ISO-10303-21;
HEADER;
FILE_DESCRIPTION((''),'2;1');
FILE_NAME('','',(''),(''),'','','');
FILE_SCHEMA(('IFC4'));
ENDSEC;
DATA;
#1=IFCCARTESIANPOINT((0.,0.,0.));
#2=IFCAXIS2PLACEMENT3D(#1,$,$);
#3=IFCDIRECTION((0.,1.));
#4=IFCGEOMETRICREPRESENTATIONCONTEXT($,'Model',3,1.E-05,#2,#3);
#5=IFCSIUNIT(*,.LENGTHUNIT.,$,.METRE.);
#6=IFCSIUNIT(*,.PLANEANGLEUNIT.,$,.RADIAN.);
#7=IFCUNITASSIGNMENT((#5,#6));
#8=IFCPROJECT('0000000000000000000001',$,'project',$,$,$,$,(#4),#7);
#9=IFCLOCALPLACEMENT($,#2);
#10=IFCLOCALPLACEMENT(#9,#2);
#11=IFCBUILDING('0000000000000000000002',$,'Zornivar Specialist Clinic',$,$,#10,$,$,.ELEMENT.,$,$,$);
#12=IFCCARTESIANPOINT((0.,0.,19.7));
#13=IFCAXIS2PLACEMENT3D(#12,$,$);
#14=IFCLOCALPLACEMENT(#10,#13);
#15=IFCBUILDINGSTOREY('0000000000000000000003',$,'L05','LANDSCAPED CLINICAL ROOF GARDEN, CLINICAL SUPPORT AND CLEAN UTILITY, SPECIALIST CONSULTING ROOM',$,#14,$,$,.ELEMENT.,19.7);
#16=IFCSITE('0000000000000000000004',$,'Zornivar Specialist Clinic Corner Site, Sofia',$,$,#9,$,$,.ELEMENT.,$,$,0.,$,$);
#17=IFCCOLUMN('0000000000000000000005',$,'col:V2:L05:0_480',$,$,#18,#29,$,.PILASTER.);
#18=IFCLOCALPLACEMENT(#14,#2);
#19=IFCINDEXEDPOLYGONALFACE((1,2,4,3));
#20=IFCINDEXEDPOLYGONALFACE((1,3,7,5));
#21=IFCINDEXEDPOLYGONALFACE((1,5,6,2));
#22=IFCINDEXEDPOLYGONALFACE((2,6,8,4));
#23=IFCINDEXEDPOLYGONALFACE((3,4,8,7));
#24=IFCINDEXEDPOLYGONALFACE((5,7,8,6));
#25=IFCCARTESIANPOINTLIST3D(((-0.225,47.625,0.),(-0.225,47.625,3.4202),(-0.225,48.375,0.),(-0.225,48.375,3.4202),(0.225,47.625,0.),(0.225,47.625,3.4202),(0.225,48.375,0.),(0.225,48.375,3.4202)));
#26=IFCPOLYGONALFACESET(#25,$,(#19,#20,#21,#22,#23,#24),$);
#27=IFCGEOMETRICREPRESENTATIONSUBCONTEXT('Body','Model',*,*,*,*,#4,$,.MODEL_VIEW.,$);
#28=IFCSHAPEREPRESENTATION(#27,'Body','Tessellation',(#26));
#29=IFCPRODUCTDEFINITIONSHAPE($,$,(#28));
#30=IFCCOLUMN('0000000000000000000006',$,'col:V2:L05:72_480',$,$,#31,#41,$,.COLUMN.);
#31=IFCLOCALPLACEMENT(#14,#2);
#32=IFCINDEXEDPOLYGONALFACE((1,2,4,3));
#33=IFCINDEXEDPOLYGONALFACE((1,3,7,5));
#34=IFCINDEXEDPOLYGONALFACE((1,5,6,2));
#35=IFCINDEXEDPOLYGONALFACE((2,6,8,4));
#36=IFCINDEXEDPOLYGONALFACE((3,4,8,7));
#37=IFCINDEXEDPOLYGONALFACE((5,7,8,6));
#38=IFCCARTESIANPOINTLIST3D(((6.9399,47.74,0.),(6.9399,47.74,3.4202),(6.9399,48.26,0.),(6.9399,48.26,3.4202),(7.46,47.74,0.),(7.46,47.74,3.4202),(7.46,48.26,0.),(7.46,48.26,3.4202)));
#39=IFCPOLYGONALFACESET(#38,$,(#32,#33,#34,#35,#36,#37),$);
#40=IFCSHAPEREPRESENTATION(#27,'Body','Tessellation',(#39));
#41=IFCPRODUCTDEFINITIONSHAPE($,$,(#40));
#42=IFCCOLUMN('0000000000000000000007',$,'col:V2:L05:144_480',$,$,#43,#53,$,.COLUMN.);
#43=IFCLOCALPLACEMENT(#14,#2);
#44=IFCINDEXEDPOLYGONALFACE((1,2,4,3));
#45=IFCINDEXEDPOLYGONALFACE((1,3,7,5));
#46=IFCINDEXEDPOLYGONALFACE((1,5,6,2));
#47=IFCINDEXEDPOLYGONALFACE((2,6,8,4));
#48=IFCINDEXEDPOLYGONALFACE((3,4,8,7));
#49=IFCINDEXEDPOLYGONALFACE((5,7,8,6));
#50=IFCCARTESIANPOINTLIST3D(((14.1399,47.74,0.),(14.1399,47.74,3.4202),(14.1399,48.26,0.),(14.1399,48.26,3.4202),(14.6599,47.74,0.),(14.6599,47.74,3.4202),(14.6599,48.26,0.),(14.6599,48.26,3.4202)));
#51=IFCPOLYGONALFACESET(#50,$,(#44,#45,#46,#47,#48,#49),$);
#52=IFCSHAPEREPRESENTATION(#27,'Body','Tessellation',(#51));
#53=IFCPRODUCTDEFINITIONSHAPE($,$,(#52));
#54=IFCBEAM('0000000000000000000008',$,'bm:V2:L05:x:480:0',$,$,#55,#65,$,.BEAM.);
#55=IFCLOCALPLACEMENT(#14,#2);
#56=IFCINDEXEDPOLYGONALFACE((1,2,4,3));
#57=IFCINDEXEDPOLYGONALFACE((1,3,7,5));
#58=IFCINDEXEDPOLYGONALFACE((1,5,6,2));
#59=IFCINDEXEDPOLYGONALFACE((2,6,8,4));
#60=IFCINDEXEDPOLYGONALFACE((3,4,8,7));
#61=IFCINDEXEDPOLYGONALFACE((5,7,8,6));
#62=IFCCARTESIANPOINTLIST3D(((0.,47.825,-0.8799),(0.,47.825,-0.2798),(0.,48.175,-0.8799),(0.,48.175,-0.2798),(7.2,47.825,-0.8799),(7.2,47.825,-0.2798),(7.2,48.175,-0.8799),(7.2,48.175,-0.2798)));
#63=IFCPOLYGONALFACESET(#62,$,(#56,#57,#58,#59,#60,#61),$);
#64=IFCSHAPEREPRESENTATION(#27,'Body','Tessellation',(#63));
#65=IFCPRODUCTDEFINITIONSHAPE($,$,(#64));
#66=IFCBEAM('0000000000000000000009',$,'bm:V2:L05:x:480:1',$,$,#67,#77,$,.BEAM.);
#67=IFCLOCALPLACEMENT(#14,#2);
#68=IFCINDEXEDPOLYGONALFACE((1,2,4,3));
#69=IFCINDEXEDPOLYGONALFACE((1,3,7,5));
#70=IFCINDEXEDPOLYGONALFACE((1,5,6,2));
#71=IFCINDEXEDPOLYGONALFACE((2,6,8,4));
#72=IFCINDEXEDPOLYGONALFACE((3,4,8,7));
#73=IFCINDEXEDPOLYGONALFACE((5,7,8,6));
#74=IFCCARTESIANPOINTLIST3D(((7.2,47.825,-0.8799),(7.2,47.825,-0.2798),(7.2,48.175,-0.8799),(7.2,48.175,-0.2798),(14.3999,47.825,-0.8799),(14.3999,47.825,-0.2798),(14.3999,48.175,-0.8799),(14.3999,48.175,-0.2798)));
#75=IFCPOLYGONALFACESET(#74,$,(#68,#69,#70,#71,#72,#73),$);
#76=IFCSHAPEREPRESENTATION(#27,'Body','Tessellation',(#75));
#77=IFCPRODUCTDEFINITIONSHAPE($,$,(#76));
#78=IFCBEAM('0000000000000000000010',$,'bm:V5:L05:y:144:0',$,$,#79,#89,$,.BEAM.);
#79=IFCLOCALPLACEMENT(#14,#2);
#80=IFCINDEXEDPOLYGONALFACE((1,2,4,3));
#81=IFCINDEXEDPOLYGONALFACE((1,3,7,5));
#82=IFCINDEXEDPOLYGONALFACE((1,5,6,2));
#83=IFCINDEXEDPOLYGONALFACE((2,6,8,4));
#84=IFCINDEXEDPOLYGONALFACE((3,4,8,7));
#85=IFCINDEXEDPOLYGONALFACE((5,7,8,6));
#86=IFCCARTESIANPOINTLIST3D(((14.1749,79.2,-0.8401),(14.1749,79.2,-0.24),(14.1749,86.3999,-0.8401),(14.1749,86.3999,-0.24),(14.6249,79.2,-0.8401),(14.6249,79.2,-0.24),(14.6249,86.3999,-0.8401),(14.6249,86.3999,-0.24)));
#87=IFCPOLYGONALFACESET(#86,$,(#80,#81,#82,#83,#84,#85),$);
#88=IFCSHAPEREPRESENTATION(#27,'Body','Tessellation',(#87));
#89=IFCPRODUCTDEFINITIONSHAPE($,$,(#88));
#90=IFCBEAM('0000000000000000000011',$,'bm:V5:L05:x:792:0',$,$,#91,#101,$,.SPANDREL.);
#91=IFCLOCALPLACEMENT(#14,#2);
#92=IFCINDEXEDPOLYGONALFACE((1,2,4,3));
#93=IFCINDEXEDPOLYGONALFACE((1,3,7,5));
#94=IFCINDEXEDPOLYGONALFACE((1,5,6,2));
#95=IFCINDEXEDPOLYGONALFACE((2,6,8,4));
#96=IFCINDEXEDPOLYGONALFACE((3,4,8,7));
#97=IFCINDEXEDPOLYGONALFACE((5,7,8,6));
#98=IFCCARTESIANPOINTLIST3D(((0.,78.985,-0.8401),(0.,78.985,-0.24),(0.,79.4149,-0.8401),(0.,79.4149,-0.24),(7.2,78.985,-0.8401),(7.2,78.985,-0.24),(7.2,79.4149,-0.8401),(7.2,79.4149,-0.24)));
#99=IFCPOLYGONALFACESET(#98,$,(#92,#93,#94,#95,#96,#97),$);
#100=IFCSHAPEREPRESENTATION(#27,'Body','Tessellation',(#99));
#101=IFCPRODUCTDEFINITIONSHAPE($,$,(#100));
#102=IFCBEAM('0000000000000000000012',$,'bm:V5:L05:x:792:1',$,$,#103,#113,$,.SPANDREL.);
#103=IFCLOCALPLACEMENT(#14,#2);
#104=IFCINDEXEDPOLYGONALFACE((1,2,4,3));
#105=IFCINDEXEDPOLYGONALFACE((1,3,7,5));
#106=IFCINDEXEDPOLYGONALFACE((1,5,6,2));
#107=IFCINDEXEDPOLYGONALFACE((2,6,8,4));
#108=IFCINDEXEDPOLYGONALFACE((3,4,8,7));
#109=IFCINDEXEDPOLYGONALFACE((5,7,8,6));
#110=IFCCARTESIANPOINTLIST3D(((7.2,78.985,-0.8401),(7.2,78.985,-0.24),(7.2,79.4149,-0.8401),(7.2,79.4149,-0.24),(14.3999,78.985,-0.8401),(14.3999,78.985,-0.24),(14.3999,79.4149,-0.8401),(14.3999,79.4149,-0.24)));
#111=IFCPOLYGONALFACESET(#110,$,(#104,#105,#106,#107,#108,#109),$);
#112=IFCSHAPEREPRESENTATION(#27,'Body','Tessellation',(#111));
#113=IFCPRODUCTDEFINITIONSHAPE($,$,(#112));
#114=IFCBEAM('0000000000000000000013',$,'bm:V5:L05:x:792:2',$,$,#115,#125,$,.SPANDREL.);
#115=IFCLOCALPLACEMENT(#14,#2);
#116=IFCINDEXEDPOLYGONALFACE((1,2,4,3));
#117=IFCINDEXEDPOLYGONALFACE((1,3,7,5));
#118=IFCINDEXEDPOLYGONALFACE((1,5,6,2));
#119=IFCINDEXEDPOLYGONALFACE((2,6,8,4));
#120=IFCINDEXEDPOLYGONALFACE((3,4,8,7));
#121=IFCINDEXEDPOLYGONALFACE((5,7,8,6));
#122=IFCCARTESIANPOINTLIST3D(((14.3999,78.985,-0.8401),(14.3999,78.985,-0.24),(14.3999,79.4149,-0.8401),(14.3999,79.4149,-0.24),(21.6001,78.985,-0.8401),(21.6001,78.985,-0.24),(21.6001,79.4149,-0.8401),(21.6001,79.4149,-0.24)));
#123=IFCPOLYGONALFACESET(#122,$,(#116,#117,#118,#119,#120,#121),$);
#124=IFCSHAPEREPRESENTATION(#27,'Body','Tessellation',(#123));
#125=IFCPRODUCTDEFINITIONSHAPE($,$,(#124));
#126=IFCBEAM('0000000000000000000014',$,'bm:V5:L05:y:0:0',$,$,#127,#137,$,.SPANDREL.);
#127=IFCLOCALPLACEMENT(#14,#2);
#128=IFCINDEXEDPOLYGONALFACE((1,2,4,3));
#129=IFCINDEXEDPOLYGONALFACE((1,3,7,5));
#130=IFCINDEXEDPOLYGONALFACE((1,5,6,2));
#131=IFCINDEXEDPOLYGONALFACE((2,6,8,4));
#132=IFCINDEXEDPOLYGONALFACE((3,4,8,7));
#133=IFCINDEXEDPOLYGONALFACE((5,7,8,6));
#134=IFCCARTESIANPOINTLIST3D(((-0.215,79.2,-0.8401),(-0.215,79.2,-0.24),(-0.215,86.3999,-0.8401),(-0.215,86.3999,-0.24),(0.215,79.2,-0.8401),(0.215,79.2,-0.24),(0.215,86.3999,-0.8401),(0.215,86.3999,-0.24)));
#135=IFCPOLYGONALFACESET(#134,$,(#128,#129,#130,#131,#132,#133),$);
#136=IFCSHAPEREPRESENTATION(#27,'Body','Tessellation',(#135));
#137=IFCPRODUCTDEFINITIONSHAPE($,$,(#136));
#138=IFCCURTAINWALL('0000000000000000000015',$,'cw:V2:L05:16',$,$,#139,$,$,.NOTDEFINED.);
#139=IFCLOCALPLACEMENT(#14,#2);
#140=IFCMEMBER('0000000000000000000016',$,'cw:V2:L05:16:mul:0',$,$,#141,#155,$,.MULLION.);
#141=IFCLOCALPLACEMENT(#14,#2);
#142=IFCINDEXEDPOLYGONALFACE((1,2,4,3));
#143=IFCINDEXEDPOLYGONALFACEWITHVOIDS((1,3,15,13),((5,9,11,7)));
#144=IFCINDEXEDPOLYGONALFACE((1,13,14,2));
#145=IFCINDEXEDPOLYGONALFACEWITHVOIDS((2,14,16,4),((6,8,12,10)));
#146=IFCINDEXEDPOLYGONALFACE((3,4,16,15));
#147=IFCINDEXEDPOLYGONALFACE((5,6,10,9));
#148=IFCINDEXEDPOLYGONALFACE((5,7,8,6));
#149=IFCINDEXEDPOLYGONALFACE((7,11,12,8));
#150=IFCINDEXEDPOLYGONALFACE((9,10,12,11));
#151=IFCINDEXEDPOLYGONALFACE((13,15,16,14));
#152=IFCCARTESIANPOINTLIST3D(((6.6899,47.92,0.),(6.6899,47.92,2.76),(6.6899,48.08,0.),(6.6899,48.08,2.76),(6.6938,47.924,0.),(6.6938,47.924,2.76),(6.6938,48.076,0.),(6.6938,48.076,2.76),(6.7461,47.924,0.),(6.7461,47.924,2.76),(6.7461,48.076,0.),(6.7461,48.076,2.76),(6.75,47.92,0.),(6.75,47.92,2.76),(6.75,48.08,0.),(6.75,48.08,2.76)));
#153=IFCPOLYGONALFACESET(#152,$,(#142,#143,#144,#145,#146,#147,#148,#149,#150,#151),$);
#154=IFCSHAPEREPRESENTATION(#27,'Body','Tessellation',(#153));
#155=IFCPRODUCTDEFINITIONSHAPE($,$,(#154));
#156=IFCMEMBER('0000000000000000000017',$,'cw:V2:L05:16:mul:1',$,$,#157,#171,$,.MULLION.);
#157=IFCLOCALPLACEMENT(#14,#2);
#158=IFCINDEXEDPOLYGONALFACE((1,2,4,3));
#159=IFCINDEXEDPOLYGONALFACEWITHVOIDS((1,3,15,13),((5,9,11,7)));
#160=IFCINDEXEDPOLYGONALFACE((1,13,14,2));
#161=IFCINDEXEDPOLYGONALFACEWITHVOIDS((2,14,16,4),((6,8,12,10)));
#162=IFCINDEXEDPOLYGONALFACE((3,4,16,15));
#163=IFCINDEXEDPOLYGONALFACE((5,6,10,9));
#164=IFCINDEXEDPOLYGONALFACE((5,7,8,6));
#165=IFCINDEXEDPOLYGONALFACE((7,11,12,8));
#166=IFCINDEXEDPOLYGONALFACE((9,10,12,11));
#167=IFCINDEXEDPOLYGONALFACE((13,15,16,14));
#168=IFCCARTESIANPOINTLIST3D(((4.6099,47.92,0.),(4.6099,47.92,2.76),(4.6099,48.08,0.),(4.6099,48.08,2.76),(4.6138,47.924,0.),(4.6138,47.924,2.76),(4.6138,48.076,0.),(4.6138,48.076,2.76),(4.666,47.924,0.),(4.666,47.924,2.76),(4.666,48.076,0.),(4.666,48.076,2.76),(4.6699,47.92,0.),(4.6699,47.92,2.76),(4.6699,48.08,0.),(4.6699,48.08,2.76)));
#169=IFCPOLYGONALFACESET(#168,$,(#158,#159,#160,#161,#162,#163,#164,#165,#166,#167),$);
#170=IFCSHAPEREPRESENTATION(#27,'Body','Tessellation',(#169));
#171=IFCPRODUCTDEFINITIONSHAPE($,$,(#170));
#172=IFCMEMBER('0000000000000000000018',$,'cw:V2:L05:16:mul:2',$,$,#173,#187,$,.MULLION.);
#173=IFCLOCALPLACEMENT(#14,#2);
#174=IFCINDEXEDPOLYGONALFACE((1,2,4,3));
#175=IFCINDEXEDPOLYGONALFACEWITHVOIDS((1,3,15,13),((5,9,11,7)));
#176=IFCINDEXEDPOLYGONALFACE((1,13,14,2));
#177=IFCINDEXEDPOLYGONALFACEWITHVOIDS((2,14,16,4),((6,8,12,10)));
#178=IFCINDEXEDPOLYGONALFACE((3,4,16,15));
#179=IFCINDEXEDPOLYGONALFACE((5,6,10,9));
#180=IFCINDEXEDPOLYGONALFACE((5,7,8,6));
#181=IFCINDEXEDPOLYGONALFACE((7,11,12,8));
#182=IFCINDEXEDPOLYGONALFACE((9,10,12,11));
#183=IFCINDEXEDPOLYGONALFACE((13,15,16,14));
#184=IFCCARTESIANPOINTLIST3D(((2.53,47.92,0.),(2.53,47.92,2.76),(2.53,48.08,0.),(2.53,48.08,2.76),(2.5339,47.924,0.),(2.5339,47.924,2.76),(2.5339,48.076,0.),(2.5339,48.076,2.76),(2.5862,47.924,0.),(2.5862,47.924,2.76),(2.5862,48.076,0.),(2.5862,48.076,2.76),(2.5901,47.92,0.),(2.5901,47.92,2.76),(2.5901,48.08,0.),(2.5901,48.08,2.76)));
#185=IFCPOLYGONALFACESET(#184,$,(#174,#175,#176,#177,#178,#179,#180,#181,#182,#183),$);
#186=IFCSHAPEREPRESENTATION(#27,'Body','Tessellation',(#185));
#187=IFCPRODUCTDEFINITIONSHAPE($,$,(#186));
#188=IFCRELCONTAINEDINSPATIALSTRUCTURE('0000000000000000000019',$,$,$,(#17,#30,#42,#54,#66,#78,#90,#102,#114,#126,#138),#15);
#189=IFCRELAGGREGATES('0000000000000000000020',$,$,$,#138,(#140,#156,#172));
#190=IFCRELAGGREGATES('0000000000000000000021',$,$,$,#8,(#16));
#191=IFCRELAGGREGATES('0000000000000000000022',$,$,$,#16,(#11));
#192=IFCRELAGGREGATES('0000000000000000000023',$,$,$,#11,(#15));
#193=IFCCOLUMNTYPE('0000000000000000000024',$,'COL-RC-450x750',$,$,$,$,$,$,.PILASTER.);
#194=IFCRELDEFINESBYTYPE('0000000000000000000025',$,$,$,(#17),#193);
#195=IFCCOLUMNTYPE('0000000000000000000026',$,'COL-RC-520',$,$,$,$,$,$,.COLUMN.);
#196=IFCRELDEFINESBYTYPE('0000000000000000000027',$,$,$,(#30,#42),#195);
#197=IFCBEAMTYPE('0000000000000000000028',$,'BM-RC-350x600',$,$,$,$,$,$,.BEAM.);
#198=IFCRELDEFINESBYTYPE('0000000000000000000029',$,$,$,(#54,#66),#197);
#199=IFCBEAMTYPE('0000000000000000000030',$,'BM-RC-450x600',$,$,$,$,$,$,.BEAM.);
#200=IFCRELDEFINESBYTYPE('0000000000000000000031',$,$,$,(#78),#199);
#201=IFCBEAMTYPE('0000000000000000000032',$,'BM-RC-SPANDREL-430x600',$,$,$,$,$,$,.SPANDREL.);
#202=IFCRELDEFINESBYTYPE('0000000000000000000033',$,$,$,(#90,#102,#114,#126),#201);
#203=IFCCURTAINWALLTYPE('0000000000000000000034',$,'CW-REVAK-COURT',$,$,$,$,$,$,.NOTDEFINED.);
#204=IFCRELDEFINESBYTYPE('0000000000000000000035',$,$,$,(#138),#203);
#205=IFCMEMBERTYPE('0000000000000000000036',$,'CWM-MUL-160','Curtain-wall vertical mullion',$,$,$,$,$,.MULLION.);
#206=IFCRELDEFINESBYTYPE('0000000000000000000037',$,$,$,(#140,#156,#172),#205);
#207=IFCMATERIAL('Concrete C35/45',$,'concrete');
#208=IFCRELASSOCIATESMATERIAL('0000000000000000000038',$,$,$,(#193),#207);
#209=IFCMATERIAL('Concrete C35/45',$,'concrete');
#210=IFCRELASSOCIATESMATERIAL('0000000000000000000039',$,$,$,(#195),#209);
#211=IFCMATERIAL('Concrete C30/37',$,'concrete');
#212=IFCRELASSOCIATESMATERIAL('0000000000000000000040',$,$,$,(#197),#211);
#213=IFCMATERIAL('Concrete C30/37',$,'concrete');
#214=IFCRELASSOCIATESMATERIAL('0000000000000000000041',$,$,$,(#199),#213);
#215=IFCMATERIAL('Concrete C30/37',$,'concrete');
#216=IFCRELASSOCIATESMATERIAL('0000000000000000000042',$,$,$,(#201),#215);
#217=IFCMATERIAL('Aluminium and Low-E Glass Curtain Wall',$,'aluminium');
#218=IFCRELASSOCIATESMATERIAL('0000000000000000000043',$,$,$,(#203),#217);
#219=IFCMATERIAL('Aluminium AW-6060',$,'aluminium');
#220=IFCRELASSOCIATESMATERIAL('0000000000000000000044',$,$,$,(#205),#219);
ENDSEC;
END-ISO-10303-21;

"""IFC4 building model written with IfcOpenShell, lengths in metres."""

from ifc_helpers import new_model, si_unit, direction, frame, origin, origin_2d, place, context, subcontext, project, spatial, rectangle, hollow_rectangle, extrude, material, material_profile, profile_set, type_object, element, aggregate, save


model = new_model("IFC4")

# Units and contexts
model_context = context("Model", 3, precision=1e-05, world=origin(), true_north=direction((0.0, 1.0)))
body_context = subcontext(model_context, "Body", "Model", "MODEL_VIEW")
ifc_project = project(units=[si_unit("LENGTHUNIT", "METRE"), si_unit("PLANEANGLEUNIT", "RADIAN")], contexts=[model_context])

# Site, building, storey
site_placement = place(None, origin())
site = spatial("IfcSite", under=ifc_project, at=site_placement, Name="Zornivar Specialist Clinic Corner Site, Sofia", CompositionType="ELEMENT", RefElevation=0.0)
building_placement = place(site_placement, origin())
building = spatial("IfcBuilding", under=site, at=building_placement, Name="Zornivar Specialist Clinic", CompositionType="ELEMENT")
storey_placement = place(building_placement, frame((0.0, 0.0, 19.7)))
storey = spatial("IfcBuildingStorey", under=building, at=storey_placement, Name="L05", Description="LANDSCAPED CLINICAL ROOF GARDEN, CLINICAL SUPPORT AND CLEAN UTILITY, SPECIALIST CONSULTING ROOM", CompositionType="ELEMENT", Elevation=19.7)

# Columns
ifc_material_1 = material(Name="Concrete C35/45", Category="concrete")
ifc_material_profile_1 = material_profile(ifc_material_1, rectangle(XDim=0.45, YDim=0.75, at=origin_2d()), Name="RC 450x750")
ifc_profile_set_1 = profile_set([ifc_material_profile_1], Name="Concrete C35/45")
column_type_1 = type_object("IfcColumnType", Name="COL-RC-450x750", PredefinedType="PILASTER", material=ifc_profile_set_1)
column_placement = place(storey_placement, frame((0.0, 48.0, 0.0), z_axis=(0.0, 0.0, 1.0), x_axis=(1.0, 0.0, 0.0)))
element("IfcColumn", 1, at=column_placement, inside=storey, type_object=column_type_1, Name="col:V2:L05:0_480", PredefinedType="PILASTER", context=body_context, shape_type="SweptSolid", body=[
    extrude(rectangle(XDim=0.45, YDim=0.75, at=origin_2d()), origin(), (0.0, 0.0, 1.0), 3.4202),
])
ifc_material_2 = material(Name="Concrete C35/45", Category="concrete")
ifc_material_profile_2 = material_profile(ifc_material_2, rectangle(XDim=0.52, YDim=0.52, at=origin_2d()), Name="RC 520x520")
ifc_profile_set_2 = profile_set([ifc_material_profile_2], Name="Concrete C35/45")
column_type_2 = type_object("IfcColumnType", Name="COL-RC-520", PredefinedType="COLUMN", material=ifc_profile_set_2)
for number, where, z_axis, x_axis, name in (
    (2, (7.2, 48.0, 0.0), (0.0, 0.0, 1.0), (1.0, 0.0, 0.0), "col:V2:L05:72_480"),
    (3, (14.3999, 48.0, 0.0), (0.0, 0.0, 1.0), (1.0, 0.0, 0.0), "col:V2:L05:144_480"),
):
    element("IfcColumn", number, at=place(storey_placement, frame(where, z_axis=z_axis, x_axis=x_axis)), inside=storey, type_object=column_type_2, Name=name, PredefinedType="COLUMN", context=body_context, shape_type="SweptSolid", body=[
        extrude(rectangle(XDim=0.52, YDim=0.52, at=origin_2d()), origin(), (0.0, 0.0, 1.0), 3.4202),
    ])

# Beams
ifc_material_3 = material(Name="Concrete C30/37", Category="concrete")
ifc_material_profile_3 = material_profile(ifc_material_3, rectangle(XDim=0.3501, YDim=0.6001, at=origin_2d()), Name="RC 350x600")
ifc_profile_set_3 = profile_set([ifc_material_profile_3], Name="Concrete C30/37")
beam_type_1 = type_object("IfcBeamType", Name="BM-RC-350x600", PredefinedType="BEAM", material=ifc_profile_set_3)
for number, where, z_axis, x_axis, name in (
    (4, (0.0, 48.0, -0.5798), (1.0, 0.0, 0.0), (0.0, 1.0, 0.0), "bm:V2:L05:x:480:0"),
    (5, (7.2, 48.0, -0.5798), (1.0, 0.0, 0.0), (0.0, 1.0, 0.0), "bm:V2:L05:x:480:1"),
):
    element("IfcBeam", number, at=place(storey_placement, frame(where, z_axis=z_axis, x_axis=x_axis)), inside=storey, type_object=beam_type_1, Name=name, PredefinedType="BEAM", context=body_context, shape_type="SweptSolid", body=[
        extrude(rectangle(XDim=0.3501, YDim=0.6001, at=origin_2d()), origin(), (0.0, 0.0, 1.0), 7.2),
    ])
ifc_material_4 = material(Name="Concrete C30/37", Category="concrete")
ifc_material_profile_4 = material_profile(ifc_material_4, rectangle(XDim=0.45, YDim=0.6001, at=origin_2d()), Name="RC 450x600")
ifc_profile_set_4 = profile_set([ifc_material_profile_4], Name="Concrete C30/37")
beam_type_2 = type_object("IfcBeamType", Name="BM-RC-450x600", PredefinedType="BEAM", material=ifc_profile_set_4)
beam_1_placement = place(storey_placement, frame((14.3999, 79.2, -0.54), z_axis=(0.0, 1.0, 0.0), x_axis=(-1.0, 0.0, 0.0)))
element("IfcBeam", 6, at=beam_1_placement, inside=storey, type_object=beam_type_2, Name="bm:V5:L05:y:144:0", PredefinedType="BEAM", context=body_context, shape_type="SweptSolid", body=[
    extrude(rectangle(XDim=0.45, YDim=0.6001, at=origin_2d()), origin(), (0.0, 0.0, 1.0), 7.2),
])
ifc_material_5 = material(Name="Concrete C30/37", Category="concrete")
ifc_material_profile_5 = material_profile(ifc_material_5, rectangle(XDim=0.4299, YDim=0.6001, at=origin_2d()), Name="RC 430x600")
ifc_profile_set_5 = profile_set([ifc_material_profile_5], Name="Concrete C30/37")
beam_type_3 = type_object("IfcBeamType", Name="BM-RC-SPANDREL-430x600", PredefinedType="SPANDREL", material=ifc_profile_set_5)
for number, where, z_axis, x_axis, name in (
    (7, (0.0, 79.2, -0.54), (1.0, 0.0, 0.0), (0.0, 1.0, 0.0), "bm:V5:L05:x:792:0"),
    (8, (7.2, 79.2, -0.54), (1.0, 0.0, 0.0), (0.0, 1.0, 0.0), "bm:V5:L05:x:792:1"),
):
    element("IfcBeam", number, at=place(storey_placement, frame(where, z_axis=z_axis, x_axis=x_axis)), inside=storey, type_object=beam_type_3, Name=name, PredefinedType="SPANDREL", context=body_context, shape_type="SweptSolid", body=[
        extrude(rectangle(XDim=0.4299, YDim=0.6001, at=origin_2d()), origin(), (0.0, 0.0, 1.0), 7.2),
    ])
beam_2_placement = place(storey_placement, frame((14.3999, 79.2, -0.54), z_axis=(1.0, 0.0, 0.0), x_axis=(0.0, 1.0, 0.0)))
element("IfcBeam", 9, at=beam_2_placement, inside=storey, type_object=beam_type_3, Name="bm:V5:L05:x:792:2", PredefinedType="SPANDREL", context=body_context, shape_type="SweptSolid", body=[
    extrude(rectangle(XDim=0.4299, YDim=0.6001, at=origin_2d()), origin(), (0.0, 0.0, 1.0), 7.2002),
])
beam_3_placement = place(storey_placement, frame((0.0, 79.2, -0.54), z_axis=(0.0, 1.0, 0.0), x_axis=(-1.0, 0.0, 0.0)))
element("IfcBeam", 10, at=beam_3_placement, inside=storey, type_object=beam_type_3, Name="bm:V5:L05:y:0:0", PredefinedType="SPANDREL", context=body_context, shape_type="SweptSolid", body=[
    extrude(rectangle(XDim=0.4299, YDim=0.6001, at=origin_2d()), origin(), (0.0, 0.0, 1.0), 7.2),
])

# Curtain wall, members
ifc_material_6 = material(Name="Aluminium and Low-E Glass Curtain Wall", Category="aluminium")
curtain_wall_type = type_object("IfcCurtainWallType", Name="CW-REVAK-COURT", PredefinedType="NOTDEFINED", material=ifc_material_6)
curtain_wall_placement = place(storey_placement, origin())
curtain_wall = element("IfcCurtainWall", 11, at=curtain_wall_placement, inside=storey, type_object=curtain_wall_type, Name="cw:V2:L05:16", PredefinedType="NOTDEFINED")
ifc_material_7 = material(Name="Aluminium AW-6060", Category="aluminium")
ifc_material_profile_6 = material_profile(ifc_material_7, hollow_rectangle(XDim=0.0601, YDim=0.1599, WallThickness=0.0039, at=origin_2d()), Name="ALU 60x160x4")
ifc_profile_set_6 = profile_set([ifc_material_profile_6], Name="Aluminium AW-6060")
member_type_1 = type_object("IfcMemberType", Name="CWM-MUL-160", Description="Curtain-wall vertical mullion", PredefinedType="MULLION", material=ifc_profile_set_6)
member_1_placement = place(storey_placement, frame((6.72, 48.0, 0.0), z_axis=(0.0, 0.0, 1.0), x_axis=(1.0, 0.0, 0.0)))
member_1 = element("IfcMember", 12, at=member_1_placement, type_object=member_type_1, Name="cw:V2:L05:16:mul:0", PredefinedType="MULLION", context=body_context, shape_type="SweptSolid", body=[
    extrude(hollow_rectangle(XDim=0.0601, YDim=0.1599, WallThickness=0.0039, at=origin_2d()), origin(), (0.0, 0.0, 1.0), 2.76),
])
member_2_placement = place(storey_placement, frame((4.6399, 48.0, 0.0), z_axis=(0.0, 0.0, 1.0), x_axis=(1.0, 0.0, 0.0)))
member_2 = element("IfcMember", 13, at=member_2_placement, type_object=member_type_1, Name="cw:V2:L05:16:mul:1", PredefinedType="MULLION", context=body_context, shape_type="SweptSolid", body=[
    extrude(hollow_rectangle(XDim=0.0601, YDim=0.1599, WallThickness=0.0039, at=origin_2d()), origin(), (0.0, 0.0, 1.0), 2.76),
])
member_3_placement = place(storey_placement, frame((2.5601, 48.0, 0.0), z_axis=(0.0, 0.0, 1.0), x_axis=(1.0, 0.0, 0.0)))
member_3 = element("IfcMember", 14, at=member_3_placement, type_object=member_type_1, Name="cw:V2:L05:16:mul:2", PredefinedType="MULLION", context=body_context, shape_type="SweptSolid", body=[
    extrude(hollow_rectangle(XDim=0.0601, YDim=0.1599, WallThickness=0.0039, at=origin_2d()), origin(), (0.0, 0.0, 1.0), 2.76),
])
aggregate(curtain_wall, [member_1, member_2, member_3])

save(model, "model.ifc")
